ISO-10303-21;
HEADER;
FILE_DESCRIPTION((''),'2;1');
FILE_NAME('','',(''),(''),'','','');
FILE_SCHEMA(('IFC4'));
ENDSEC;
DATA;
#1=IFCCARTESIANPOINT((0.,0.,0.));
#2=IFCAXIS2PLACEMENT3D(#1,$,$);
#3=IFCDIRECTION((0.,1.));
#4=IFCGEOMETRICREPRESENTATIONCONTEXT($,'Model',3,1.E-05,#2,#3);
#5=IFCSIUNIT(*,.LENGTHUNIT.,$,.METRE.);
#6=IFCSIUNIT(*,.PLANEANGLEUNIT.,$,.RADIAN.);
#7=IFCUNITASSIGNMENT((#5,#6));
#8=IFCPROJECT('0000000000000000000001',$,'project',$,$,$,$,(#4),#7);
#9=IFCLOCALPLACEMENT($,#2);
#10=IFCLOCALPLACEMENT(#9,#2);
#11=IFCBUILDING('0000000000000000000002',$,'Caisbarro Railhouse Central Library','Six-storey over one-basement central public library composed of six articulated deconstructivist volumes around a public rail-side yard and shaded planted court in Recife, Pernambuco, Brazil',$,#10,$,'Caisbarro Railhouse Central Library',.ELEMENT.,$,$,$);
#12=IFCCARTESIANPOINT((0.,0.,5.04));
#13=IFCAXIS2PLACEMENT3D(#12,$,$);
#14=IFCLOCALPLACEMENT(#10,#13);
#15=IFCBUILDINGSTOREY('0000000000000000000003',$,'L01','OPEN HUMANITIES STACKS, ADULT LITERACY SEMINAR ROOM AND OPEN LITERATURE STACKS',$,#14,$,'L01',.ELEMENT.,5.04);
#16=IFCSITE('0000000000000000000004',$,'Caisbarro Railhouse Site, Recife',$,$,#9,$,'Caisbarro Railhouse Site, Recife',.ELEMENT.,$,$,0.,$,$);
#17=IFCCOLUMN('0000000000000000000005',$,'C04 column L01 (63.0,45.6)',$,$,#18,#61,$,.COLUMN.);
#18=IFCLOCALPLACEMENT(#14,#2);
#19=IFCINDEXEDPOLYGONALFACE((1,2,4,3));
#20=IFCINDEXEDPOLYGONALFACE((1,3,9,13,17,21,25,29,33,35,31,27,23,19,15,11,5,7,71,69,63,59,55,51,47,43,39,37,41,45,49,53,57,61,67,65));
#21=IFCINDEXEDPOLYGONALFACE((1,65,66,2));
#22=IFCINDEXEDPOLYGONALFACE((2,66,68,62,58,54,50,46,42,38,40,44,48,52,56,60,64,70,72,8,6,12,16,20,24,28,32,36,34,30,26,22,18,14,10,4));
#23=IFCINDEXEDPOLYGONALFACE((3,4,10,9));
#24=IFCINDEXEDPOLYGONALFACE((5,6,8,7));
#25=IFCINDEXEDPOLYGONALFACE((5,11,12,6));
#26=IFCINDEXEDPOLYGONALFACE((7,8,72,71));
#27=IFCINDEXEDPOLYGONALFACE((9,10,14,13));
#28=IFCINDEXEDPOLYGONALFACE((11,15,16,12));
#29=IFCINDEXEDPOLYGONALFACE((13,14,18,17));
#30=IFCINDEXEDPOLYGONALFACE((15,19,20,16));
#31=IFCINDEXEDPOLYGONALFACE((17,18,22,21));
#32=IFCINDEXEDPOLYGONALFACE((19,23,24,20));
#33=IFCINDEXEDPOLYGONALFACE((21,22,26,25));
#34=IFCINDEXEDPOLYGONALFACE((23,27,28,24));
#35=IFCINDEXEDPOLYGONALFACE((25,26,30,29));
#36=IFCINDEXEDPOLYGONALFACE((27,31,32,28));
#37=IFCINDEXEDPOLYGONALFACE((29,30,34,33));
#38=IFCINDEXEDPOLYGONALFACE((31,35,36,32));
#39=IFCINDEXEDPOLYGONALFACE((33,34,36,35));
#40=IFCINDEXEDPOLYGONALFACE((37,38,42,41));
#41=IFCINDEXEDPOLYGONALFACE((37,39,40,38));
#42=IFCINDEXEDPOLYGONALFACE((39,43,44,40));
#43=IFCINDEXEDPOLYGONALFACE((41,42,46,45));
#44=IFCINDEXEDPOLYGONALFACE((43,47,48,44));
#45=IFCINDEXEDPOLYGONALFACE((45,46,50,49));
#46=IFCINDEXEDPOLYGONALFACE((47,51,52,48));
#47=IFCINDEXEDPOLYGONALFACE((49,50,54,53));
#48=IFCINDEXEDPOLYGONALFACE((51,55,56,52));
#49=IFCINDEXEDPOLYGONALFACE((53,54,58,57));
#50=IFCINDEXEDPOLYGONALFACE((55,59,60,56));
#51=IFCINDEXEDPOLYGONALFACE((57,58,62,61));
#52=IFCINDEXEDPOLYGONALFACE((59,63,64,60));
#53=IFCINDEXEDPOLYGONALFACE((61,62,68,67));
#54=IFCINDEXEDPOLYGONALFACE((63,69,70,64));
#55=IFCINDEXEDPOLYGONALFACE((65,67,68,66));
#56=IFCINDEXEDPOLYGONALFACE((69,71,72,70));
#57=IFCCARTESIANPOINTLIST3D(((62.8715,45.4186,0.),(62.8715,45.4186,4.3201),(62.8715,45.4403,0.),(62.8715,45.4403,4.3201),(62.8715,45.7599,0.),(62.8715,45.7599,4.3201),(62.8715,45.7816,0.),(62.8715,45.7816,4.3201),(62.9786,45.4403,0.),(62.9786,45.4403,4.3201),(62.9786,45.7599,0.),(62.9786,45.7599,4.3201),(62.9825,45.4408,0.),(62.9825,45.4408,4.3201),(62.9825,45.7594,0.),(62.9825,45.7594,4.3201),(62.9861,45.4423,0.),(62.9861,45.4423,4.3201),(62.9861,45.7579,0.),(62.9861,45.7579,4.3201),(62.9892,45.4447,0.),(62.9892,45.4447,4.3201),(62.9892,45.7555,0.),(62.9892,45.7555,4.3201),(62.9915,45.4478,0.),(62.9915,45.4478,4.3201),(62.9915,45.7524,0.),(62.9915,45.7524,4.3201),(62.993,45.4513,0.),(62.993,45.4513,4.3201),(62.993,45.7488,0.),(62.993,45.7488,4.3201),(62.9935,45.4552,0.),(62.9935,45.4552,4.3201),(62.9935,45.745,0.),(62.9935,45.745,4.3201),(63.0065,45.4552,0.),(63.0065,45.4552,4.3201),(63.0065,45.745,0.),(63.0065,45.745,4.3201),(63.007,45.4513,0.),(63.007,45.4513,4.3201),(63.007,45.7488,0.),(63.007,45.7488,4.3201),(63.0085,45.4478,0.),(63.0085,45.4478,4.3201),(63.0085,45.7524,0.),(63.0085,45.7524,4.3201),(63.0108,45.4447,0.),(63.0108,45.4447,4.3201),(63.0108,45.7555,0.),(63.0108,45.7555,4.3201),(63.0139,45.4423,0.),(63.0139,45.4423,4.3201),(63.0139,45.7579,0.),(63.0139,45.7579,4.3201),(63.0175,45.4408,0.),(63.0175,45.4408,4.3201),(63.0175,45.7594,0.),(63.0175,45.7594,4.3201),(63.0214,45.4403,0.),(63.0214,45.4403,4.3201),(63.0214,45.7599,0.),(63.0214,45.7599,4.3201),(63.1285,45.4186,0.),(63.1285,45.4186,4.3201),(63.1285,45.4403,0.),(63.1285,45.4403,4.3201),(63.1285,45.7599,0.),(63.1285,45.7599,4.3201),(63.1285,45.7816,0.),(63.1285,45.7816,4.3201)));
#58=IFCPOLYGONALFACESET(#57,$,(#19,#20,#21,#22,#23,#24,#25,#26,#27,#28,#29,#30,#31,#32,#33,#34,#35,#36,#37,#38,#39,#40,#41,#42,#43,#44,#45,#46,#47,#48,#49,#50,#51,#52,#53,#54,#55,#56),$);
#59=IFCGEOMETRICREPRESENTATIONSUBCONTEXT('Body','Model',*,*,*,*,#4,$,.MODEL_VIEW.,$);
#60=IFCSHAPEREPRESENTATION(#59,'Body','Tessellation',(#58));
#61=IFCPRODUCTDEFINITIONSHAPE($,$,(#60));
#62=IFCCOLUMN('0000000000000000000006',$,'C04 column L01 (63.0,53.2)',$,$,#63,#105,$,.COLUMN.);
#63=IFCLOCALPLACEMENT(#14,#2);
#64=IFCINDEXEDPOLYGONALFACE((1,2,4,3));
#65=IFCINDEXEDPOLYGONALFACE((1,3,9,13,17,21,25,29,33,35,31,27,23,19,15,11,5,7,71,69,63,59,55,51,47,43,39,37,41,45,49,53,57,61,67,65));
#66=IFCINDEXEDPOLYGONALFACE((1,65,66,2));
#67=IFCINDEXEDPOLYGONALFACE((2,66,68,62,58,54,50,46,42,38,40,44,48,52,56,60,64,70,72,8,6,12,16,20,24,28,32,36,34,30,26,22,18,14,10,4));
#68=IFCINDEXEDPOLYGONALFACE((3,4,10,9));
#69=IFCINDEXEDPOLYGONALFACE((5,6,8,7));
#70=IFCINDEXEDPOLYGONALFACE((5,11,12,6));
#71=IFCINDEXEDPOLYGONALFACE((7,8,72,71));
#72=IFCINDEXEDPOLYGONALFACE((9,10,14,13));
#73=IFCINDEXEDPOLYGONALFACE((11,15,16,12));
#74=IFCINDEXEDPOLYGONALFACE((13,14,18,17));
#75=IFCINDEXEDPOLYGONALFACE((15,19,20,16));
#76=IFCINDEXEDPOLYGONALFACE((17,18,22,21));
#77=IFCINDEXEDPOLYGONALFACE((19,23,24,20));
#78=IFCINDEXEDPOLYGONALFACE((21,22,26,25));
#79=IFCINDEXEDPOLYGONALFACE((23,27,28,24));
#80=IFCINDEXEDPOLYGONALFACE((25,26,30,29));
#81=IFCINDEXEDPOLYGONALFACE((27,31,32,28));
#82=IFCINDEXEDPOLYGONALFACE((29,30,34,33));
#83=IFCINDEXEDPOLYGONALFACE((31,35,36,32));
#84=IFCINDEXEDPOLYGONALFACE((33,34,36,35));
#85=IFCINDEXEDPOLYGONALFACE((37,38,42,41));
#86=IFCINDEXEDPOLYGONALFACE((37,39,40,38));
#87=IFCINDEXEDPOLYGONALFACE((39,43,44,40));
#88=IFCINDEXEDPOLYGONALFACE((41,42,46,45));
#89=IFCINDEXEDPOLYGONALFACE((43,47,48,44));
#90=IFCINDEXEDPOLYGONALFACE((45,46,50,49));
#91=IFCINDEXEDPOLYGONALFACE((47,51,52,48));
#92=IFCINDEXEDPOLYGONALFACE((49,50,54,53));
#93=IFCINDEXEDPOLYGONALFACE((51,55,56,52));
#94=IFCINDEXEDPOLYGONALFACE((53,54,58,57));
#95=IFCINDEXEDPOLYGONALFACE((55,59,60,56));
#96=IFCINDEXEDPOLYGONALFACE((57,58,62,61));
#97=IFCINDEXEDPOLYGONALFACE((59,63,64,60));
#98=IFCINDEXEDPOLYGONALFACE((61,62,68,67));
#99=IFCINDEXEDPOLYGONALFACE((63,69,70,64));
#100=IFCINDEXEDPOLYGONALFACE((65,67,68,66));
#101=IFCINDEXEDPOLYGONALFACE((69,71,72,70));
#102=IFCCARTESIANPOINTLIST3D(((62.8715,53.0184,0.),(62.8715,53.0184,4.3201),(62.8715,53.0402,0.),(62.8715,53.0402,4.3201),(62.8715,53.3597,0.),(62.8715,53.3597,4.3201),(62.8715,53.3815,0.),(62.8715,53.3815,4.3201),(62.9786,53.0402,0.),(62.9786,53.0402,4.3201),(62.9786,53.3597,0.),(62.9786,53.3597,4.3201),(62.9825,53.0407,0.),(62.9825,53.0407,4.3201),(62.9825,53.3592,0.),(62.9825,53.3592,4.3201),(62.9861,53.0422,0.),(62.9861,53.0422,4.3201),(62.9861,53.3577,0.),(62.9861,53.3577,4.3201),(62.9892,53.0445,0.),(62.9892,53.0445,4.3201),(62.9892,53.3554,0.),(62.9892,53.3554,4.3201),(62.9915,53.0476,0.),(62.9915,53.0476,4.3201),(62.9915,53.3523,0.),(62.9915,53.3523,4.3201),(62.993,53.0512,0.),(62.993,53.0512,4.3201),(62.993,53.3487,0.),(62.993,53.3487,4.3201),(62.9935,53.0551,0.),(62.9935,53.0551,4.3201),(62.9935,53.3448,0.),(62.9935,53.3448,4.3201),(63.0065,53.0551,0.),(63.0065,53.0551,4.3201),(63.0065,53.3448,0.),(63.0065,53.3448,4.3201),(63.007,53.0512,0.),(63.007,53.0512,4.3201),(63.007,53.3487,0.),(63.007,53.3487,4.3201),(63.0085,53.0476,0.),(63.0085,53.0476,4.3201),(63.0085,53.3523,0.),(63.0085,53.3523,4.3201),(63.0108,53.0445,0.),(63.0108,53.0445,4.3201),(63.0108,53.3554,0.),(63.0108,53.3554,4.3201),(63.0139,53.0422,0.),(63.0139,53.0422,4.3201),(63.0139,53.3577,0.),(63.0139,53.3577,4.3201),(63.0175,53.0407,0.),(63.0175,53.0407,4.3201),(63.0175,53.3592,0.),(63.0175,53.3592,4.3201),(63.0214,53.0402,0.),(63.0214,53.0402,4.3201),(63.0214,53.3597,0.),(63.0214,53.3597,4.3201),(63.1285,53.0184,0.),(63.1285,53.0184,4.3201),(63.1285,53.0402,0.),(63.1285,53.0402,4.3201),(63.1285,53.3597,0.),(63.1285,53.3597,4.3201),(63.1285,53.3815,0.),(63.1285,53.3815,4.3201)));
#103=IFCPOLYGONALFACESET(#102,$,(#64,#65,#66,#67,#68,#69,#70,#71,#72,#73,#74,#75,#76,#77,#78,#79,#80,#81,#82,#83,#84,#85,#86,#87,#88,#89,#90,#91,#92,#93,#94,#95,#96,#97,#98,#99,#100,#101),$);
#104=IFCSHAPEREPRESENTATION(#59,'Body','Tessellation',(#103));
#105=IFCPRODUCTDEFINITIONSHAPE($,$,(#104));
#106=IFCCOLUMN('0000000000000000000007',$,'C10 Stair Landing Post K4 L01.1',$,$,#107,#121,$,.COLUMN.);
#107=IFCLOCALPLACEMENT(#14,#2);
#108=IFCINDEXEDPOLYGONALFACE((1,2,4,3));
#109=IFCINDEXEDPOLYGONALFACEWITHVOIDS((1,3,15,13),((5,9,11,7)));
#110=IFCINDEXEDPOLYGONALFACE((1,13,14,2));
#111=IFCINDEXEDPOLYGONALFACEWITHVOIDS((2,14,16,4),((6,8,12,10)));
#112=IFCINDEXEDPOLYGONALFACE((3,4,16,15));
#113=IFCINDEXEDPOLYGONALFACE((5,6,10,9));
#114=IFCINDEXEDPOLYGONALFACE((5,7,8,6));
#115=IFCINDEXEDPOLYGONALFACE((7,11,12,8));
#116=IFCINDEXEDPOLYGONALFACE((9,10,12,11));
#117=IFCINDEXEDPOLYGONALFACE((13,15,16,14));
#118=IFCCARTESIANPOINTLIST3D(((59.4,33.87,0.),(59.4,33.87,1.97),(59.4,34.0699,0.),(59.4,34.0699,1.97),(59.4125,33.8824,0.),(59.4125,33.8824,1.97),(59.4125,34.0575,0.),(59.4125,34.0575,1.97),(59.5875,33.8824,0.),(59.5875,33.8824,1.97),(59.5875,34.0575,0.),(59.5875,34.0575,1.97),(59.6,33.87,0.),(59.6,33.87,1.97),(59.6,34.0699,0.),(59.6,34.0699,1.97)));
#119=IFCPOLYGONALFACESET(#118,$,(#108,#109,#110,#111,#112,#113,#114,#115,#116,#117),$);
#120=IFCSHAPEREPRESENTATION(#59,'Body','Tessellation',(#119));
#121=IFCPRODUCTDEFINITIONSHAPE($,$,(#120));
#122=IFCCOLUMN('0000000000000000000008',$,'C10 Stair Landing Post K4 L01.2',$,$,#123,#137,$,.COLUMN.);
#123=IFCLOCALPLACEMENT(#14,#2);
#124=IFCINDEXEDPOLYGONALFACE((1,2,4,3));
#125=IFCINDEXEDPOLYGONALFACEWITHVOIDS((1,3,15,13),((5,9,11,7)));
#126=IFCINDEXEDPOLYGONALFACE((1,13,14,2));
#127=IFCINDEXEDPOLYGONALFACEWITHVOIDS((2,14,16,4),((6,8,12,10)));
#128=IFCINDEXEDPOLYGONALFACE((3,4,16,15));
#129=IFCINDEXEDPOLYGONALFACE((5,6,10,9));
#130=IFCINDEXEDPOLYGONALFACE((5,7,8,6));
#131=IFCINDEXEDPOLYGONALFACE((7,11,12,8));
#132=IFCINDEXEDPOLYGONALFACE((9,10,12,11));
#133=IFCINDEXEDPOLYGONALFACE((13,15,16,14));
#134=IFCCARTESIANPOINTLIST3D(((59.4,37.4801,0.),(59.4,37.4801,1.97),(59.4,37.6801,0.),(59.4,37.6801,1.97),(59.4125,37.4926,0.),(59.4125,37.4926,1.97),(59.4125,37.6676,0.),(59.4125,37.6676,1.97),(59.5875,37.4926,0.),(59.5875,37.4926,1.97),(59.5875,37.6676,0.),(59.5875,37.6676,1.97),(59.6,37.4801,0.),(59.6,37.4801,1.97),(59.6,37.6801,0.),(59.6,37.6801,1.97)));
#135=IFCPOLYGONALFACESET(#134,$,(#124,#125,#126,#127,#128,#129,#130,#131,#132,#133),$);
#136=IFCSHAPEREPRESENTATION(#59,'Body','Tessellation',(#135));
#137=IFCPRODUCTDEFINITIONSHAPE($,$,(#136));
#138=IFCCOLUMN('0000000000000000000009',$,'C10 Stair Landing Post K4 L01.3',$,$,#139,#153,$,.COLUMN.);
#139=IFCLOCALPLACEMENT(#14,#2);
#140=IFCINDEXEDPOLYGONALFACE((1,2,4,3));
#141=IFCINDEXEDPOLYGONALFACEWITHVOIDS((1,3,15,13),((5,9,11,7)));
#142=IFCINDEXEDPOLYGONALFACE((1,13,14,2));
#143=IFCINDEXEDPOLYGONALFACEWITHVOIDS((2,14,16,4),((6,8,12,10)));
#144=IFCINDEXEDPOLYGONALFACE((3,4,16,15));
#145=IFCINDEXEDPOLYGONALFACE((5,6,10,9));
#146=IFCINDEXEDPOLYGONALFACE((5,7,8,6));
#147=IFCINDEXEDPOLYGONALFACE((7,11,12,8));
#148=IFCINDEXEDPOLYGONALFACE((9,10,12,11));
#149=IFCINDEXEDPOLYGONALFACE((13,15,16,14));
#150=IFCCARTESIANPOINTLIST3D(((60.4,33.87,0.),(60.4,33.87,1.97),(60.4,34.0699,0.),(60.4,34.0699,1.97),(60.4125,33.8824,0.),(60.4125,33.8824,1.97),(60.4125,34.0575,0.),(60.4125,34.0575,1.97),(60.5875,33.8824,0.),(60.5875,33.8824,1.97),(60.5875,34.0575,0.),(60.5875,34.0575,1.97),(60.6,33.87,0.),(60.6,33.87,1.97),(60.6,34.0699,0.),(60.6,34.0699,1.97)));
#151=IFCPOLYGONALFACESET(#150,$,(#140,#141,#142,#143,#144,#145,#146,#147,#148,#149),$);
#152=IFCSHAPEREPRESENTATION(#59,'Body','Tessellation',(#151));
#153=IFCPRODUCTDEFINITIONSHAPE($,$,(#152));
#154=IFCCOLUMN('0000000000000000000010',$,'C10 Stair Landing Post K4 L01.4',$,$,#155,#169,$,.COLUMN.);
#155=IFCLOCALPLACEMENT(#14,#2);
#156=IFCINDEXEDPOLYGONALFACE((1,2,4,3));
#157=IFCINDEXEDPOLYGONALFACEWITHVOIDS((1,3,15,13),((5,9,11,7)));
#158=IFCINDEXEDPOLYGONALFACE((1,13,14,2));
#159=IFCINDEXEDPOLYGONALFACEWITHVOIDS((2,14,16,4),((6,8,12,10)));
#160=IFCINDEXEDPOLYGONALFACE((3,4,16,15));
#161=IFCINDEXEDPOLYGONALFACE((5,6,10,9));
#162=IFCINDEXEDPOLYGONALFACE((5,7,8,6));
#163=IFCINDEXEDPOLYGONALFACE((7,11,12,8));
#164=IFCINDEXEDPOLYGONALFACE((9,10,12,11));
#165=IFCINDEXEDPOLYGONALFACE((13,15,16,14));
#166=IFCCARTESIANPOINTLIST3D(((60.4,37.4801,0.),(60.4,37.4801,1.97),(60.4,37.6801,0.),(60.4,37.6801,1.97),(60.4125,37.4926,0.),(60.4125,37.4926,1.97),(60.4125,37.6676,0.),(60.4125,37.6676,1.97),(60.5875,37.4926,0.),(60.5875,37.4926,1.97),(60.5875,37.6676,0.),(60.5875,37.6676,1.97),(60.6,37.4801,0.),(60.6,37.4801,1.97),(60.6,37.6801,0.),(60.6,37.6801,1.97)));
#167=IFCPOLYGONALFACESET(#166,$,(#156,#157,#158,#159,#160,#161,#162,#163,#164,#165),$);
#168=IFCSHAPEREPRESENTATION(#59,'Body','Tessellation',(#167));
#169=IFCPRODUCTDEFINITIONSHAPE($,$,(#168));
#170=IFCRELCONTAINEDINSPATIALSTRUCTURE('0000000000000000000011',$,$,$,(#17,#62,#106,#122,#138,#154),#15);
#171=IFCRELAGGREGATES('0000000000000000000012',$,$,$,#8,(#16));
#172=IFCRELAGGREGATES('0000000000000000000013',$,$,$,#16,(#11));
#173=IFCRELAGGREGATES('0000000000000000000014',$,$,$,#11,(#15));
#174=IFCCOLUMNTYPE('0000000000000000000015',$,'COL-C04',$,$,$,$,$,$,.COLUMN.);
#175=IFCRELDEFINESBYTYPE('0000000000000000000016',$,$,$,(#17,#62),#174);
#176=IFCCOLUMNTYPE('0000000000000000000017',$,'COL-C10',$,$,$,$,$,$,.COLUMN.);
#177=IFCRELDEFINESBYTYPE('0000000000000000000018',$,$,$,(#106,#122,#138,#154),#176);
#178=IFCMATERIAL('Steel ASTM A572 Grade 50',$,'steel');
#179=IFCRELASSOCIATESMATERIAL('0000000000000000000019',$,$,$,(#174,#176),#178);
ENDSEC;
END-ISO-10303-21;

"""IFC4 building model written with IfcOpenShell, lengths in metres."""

from ifc_helpers import new_model, si_unit, direction, frame, origin, origin_2d, place, context, subcontext, project, spatial, hollow_rectangle, i_section, extrude, material, material_profile, profile_set, type_object, element, save


model = new_model("IFC4")

# Units and contexts
model_context = context("Model", 3, precision=1e-05, world=origin(), true_north=direction((0.0, 1.0)))
body_context = subcontext(model_context, "Body", "Model", "MODEL_VIEW")
ifc_project = project(units=[si_unit("LENGTHUNIT", "METRE"), si_unit("PLANEANGLEUNIT", "RADIAN")], contexts=[model_context])

# Site, building, storey
site_placement = place(None, origin())
site = spatial("IfcSite", under=ifc_project, at=site_placement, Name="Caisbarro Railhouse Site, Recife", LongName="Caisbarro Railhouse Site, Recife", CompositionType="ELEMENT", RefElevation=0.0)
building_placement = place(site_placement, origin())
building = spatial("IfcBuilding", under=site, at=building_placement, Name="Caisbarro Railhouse Central Library", Description="Six-storey over one-basement central public library composed of six articulated deconstructivist volumes around a public rail-side yard and shaded planted court in Recife, Pernambuco, Brazil", LongName="Caisbarro Railhouse Central Library", CompositionType="ELEMENT")
storey_placement = place(building_placement, frame((0.0, 0.0, 5.04)))
storey = spatial("IfcBuildingStorey", under=building, at=storey_placement, Name="L01", Description="OPEN HUMANITIES STACKS, ADULT LITERACY SEMINAR ROOM AND OPEN LITERATURE STACKS", LongName="L01", CompositionType="ELEMENT", Elevation=5.04)

# Columns
ifc_material_1 = material(Name="Steel ASTM A572 Grade 50", Category="steel")
ifc_material_profile_1 = material_profile(ifc_material_1, i_section(OverallWidth=0.2571, OverallDepth=0.363, WebThickness=0.0129, FlangeThickness=0.0217, FilletRadius=0.0149, at=origin_2d()), Name="W360X122.0")
ifc_profile_set_1 = profile_set([ifc_material_profile_1], Name="Steel ASTM A572 Grade 50")
column_type_1 = type_object("IfcColumnType", Name="COL-C04", PredefinedType="COLUMN", material=ifc_profile_set_1)
for number, where, z_axis, x_axis, name in (
    (1, (63.0, 45.6001, 0.0), (0.0, 0.0, 1.0), (1.0, 0.0, 0.0), "C04 column L01 (63.0,45.6)"),
    (2, (63.0, 53.2, 0.0), (0.0, 0.0, 1.0), (1.0, 0.0, 0.0), "C04 column L01 (63.0,53.2)"),
):
    element("IfcColumn", number, at=place(storey_placement, frame(where, z_axis=z_axis, x_axis=x_axis)), inside=storey, type_object=column_type_1, Name=name, PredefinedType="COLUMN", context=body_context, shape_type="SweptSolid", body=[
        extrude(i_section(OverallWidth=0.2571, OverallDepth=0.363, WebThickness=0.0129, FlangeThickness=0.0217, FilletRadius=0.0149, at=origin_2d()), origin(), (0.0, 0.0, 1.0), 4.3201),
    ])
ifc_material_profile_2 = material_profile(ifc_material_1, hollow_rectangle(XDim=0.2, YDim=0.2, WallThickness=0.0125, at=origin_2d()), Name="HSS200X200X12.5")
ifc_profile_set_2 = profile_set([ifc_material_profile_2], Name="Steel ASTM A572 Grade 50")
column_type_2 = type_object("IfcColumnType", Name="COL-C10", PredefinedType="COLUMN", material=ifc_profile_set_2)
for number, where, z_axis, x_axis, name in (
    (3, (59.5, 33.97, 0.0), (0.0, 0.0, 1.0), (1.0, 0.0, 0.0), "C10 Stair Landing Post K4 L01.1"),
    (4, (59.5, 37.5801, 0.0), (0.0, 0.0, 1.0), (1.0, 0.0, 0.0), "C10 Stair Landing Post K4 L01.2"),
    (5, (60.5, 33.97, 0.0), (0.0, 0.0, 1.0), (1.0, 0.0, 0.0), "C10 Stair Landing Post K4 L01.3"),
    (6, (60.5, 37.5801, 0.0), (0.0, 0.0, 1.0), (1.0, 0.0, 0.0), "C10 Stair Landing Post K4 L01.4"),
):
    element("IfcColumn", number, at=place(storey_placement, frame(where, z_axis=z_axis, x_axis=x_axis)), inside=storey, type_object=column_type_2, Name=name, PredefinedType="COLUMN", context=body_context, shape_type="SweptSolid", body=[
        extrude(hollow_rectangle(XDim=0.2, YDim=0.2, WallThickness=0.0125, at=origin_2d()), origin(), (0.0, 0.0, 1.0), 1.97),
    ])

save(model, "model.ifc")
